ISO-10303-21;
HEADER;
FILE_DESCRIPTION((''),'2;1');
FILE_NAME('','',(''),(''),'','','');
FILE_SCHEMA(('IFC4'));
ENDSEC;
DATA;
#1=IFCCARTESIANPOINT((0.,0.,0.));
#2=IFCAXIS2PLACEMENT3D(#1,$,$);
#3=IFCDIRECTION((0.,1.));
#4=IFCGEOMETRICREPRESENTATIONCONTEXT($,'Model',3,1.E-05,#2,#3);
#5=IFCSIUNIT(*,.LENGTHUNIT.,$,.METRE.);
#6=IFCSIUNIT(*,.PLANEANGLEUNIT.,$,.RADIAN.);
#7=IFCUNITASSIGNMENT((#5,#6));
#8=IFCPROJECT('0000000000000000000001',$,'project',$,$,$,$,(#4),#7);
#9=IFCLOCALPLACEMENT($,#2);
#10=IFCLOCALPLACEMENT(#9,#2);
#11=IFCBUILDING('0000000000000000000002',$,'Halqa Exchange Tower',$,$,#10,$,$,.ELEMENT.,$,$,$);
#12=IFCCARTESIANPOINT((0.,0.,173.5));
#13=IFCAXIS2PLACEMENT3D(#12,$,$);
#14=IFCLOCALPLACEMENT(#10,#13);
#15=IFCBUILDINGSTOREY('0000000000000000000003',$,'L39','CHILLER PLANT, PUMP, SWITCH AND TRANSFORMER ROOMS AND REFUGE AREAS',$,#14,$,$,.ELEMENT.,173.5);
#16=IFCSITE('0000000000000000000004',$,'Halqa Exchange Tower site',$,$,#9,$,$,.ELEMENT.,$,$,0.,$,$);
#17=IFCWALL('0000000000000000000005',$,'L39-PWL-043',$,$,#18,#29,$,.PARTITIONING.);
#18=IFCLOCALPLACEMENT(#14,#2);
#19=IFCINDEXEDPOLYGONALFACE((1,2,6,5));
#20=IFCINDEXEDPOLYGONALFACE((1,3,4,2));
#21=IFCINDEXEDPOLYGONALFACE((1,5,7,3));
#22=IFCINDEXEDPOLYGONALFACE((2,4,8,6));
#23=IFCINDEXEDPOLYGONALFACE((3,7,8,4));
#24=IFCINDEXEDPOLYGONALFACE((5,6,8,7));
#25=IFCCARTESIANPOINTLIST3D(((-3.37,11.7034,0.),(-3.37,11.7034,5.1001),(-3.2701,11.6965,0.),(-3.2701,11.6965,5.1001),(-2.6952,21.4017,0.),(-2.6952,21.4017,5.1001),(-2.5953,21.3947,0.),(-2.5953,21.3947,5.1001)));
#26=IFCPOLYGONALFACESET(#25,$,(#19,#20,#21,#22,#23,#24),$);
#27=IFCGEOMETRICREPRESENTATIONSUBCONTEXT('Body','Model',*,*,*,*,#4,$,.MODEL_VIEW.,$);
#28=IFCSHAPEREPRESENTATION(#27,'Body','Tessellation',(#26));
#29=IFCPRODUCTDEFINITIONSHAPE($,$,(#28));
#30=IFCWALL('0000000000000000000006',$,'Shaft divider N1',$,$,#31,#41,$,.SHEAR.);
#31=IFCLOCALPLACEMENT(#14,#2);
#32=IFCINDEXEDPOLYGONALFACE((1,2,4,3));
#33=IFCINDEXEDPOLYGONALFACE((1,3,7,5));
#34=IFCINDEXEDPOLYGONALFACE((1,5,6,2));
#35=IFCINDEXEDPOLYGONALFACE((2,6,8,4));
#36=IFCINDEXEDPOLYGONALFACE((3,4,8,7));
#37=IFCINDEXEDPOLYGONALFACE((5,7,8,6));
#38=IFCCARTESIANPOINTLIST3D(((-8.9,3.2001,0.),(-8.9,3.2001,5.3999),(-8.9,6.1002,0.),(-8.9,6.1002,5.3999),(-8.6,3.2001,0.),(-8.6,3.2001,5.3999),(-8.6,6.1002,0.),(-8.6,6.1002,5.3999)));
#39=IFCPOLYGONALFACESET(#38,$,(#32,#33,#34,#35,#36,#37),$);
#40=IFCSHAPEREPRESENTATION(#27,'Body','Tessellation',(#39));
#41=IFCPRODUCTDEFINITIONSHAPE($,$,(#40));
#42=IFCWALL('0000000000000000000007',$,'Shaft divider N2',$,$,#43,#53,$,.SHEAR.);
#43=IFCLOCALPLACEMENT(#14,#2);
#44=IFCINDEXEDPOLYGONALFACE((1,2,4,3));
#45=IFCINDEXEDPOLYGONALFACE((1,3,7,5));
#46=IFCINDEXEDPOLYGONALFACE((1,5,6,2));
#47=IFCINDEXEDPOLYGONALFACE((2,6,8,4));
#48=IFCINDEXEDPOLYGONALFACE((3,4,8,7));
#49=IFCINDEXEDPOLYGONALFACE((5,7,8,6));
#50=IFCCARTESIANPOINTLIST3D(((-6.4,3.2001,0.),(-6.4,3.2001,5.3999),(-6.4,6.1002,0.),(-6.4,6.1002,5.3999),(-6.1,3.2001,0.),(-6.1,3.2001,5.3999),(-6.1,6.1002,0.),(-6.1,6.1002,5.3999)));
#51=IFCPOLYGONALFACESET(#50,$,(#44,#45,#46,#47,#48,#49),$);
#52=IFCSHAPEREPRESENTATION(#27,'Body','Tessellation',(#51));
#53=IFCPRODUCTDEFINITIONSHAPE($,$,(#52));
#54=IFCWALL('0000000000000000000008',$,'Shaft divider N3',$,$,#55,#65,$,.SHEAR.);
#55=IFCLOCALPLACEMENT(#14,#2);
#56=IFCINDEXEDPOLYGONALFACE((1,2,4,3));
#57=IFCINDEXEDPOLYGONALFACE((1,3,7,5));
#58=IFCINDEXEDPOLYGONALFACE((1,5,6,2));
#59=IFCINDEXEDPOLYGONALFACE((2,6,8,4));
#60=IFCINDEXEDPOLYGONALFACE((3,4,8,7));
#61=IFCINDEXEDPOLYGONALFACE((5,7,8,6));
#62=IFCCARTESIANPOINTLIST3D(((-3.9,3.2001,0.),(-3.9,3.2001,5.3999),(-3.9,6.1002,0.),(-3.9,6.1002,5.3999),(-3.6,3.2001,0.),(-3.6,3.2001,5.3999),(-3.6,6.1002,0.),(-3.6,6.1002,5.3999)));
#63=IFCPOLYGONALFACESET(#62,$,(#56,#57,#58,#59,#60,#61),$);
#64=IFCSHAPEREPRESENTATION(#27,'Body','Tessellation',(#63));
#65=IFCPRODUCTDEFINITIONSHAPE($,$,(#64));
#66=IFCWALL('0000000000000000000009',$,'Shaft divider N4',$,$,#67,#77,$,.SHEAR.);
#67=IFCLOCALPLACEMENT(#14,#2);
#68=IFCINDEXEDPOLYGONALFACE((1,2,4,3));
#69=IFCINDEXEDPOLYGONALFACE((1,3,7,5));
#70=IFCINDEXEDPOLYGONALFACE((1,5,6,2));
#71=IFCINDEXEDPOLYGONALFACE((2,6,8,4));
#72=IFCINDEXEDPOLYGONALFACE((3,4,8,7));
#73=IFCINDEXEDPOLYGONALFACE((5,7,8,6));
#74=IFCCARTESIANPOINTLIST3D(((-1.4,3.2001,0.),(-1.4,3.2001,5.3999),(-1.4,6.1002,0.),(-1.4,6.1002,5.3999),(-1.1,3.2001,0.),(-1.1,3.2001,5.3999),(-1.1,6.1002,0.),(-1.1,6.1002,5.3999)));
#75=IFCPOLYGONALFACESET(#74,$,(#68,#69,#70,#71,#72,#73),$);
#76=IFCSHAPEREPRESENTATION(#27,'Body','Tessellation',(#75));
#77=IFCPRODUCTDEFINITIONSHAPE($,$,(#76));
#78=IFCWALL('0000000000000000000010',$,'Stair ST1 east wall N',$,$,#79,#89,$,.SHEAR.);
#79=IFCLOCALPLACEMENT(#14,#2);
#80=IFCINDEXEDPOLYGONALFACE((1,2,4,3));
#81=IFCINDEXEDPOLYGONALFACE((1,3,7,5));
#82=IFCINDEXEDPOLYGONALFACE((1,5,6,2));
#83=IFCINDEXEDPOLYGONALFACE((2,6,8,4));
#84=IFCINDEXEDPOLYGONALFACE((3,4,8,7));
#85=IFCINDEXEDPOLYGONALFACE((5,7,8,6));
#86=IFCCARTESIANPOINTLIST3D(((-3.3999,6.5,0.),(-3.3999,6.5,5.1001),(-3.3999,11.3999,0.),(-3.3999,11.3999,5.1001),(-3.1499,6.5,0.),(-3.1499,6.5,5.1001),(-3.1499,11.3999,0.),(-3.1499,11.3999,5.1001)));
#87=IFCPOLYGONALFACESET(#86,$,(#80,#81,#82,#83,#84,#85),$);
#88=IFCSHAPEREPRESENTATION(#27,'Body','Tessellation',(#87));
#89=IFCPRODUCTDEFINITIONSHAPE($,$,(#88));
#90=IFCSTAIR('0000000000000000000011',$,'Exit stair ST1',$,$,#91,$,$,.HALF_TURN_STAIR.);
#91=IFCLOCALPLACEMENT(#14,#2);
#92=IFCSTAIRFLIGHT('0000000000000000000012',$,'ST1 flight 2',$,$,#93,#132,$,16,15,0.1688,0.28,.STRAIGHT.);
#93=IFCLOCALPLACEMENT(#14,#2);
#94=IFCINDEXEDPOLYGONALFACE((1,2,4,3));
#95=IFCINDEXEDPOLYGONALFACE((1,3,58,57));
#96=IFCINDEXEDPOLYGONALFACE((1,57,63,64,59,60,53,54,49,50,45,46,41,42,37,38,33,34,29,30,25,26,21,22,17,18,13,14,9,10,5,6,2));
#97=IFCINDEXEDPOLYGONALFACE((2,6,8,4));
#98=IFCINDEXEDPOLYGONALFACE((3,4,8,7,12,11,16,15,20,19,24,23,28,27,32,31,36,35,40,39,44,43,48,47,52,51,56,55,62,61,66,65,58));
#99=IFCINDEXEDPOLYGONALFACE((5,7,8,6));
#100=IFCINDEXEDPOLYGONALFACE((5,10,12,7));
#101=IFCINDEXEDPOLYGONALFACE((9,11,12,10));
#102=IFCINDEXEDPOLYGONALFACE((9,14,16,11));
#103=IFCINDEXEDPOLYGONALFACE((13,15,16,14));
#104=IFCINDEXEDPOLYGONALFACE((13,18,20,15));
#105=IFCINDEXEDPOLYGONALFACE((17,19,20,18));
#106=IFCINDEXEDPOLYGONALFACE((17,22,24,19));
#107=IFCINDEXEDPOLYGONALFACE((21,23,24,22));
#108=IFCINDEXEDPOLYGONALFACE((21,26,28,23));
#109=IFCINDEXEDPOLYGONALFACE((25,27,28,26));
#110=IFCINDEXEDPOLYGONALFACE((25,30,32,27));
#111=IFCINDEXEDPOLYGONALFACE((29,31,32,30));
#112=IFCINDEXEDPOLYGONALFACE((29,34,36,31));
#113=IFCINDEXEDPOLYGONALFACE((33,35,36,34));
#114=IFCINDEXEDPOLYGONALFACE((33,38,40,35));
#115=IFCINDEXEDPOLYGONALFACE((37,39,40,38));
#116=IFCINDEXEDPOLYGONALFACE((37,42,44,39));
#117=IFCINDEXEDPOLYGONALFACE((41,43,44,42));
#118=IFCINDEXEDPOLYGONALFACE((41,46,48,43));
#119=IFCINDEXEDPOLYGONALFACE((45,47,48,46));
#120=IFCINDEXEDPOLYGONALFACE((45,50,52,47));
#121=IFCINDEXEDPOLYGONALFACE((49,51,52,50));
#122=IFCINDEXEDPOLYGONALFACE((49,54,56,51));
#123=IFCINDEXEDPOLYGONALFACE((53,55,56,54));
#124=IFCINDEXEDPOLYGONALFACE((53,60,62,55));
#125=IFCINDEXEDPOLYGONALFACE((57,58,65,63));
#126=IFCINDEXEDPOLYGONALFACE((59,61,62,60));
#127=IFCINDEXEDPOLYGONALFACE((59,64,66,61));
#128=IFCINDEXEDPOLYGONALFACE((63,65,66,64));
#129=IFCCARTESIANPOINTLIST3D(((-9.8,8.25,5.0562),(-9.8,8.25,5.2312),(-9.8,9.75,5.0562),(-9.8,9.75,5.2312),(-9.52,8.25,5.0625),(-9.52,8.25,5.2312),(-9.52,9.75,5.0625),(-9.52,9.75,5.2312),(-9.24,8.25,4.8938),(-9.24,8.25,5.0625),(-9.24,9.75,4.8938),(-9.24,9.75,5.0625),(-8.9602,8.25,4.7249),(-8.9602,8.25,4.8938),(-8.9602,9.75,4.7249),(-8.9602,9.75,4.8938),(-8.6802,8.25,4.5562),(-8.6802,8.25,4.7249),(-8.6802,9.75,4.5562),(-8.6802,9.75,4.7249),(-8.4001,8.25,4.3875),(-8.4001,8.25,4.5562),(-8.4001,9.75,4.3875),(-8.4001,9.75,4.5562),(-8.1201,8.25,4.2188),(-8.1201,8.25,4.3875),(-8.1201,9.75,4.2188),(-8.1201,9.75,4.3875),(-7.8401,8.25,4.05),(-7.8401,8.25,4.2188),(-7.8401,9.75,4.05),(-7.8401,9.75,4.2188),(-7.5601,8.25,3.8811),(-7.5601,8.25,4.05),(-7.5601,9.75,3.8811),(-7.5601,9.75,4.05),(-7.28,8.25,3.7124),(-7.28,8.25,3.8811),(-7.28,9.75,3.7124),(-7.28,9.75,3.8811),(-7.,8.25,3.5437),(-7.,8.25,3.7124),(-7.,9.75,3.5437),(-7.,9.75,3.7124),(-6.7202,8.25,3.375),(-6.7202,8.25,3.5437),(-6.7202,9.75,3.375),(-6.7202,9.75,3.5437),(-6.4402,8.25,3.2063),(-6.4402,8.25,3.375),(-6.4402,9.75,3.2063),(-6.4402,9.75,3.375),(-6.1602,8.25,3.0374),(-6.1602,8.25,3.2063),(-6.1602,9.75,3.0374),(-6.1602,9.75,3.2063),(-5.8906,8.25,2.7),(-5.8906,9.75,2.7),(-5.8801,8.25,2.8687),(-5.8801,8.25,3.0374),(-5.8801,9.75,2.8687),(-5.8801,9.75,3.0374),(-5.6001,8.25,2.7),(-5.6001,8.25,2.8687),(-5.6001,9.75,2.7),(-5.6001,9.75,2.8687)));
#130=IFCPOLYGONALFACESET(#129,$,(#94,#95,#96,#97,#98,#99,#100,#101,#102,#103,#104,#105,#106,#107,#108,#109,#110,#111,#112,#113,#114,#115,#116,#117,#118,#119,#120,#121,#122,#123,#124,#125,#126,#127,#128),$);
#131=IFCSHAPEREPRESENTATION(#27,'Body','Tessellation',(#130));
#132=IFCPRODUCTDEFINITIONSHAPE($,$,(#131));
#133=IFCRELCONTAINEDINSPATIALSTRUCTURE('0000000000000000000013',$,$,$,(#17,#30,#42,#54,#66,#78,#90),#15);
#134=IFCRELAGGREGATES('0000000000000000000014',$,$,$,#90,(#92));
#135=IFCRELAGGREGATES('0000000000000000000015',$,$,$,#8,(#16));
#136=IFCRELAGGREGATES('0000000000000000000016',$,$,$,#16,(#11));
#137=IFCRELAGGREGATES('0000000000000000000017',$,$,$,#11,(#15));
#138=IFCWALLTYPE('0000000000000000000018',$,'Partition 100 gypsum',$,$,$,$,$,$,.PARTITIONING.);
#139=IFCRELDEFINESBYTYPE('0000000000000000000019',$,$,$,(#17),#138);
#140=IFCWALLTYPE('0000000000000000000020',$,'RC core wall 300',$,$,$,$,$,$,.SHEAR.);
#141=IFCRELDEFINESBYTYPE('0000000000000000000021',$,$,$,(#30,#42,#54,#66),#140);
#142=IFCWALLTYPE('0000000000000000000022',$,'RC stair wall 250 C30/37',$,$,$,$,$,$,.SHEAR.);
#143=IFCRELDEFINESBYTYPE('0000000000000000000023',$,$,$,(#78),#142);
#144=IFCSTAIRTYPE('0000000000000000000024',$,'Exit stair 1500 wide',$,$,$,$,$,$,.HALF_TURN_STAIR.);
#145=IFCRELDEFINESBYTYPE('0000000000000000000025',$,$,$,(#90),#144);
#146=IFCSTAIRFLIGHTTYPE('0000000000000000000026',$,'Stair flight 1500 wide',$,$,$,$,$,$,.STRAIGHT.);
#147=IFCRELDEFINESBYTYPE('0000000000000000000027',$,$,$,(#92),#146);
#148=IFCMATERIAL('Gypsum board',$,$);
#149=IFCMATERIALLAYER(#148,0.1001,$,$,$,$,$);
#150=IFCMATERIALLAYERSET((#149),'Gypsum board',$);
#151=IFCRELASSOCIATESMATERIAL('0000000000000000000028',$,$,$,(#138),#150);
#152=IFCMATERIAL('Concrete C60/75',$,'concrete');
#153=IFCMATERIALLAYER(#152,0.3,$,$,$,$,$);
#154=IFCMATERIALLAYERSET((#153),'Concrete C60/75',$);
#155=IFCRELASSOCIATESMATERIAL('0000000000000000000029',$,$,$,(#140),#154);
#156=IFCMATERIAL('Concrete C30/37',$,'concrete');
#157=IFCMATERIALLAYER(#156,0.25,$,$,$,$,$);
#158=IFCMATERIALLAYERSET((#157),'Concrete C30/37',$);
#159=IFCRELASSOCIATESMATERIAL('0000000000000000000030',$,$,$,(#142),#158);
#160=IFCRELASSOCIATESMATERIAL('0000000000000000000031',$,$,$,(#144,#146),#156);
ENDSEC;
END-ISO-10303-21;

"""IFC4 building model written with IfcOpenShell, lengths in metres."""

from ifc_helpers import new_model, si_unit, direction, frame, frame_2d, origin, place, context, subcontext, project, spatial, polyline, rectangle, outline, extrude, material, layer, layer_set, type_object, element, aggregate, save


model = new_model("IFC4")

# Units and contexts
model_context = context("Model", 3, precision=1e-05, world=origin(), true_north=direction((0.0, 1.0)))
body_context = subcontext(model_context, "Body", "Model", "MODEL_VIEW")
ifc_project = project(units=[si_unit("LENGTHUNIT", "METRE"), si_unit("PLANEANGLEUNIT", "RADIAN")], contexts=[model_context])

# Site, building, storey
site_placement = place(None, origin())
site = spatial("IfcSite", under=ifc_project, at=site_placement, Name="Halqa Exchange Tower site", CompositionType="ELEMENT", RefElevation=0.0)
building_placement = place(site_placement, origin())
building = spatial("IfcBuilding", under=site, at=building_placement, Name="Halqa Exchange Tower", CompositionType="ELEMENT")
storey_placement = place(building_placement, frame((0.0, 0.0, 173.5)))
storey = spatial("IfcBuildingStorey", under=building, at=storey_placement, Name="L39", Description="CHILLER PLANT, PUMP, SWITCH AND TRANSFORMER ROOMS AND REFUGE AREAS", CompositionType="ELEMENT", Elevation=173.5)

# Walls
ifc_material_1 = material(Name="Gypsum board")
ifc_layer_1 = layer(ifc_material_1, 0.1001)
ifc_layer_set_1 = layer_set([ifc_layer_1], Name="Gypsum board")
wall_type_1 = type_object("IfcWallType", Name="Partition 100 gypsum", PredefinedType="PARTITIONING", material=ifc_layer_set_1)
wall_1_placement = place(storey_placement, frame((-3.3201, 11.7, 0.0), z_axis=(0.0, 0.0, 1.0), x_axis=(0.069412, 0.997588, 0.0)))
element("IfcWall", 1, at=wall_1_placement, inside=storey, type_object=wall_type_1, Name="L39-PWL-043", PredefinedType="PARTITIONING", context=body_context, shape_type="SweptSolid", body=[
    extrude(rectangle(XDim=9.7217, YDim=0.1001, at=frame_2d((4.8608, 0.0))), origin(), (0.0, 0.0, 1.0), 5.1001),
])
ifc_material_2 = material(Name="Concrete C60/75", Category="concrete")
ifc_layer_2 = layer(ifc_material_2, 0.3)
ifc_layer_set_2 = layer_set([ifc_layer_2], Name="Concrete C60/75")
wall_type_2 = type_object("IfcWallType", Name="RC core wall 300", PredefinedType="SHEAR", material=ifc_layer_set_2)
for number, where, z_axis, x_axis, name in (
    (2, (-8.75, 3.2, 0.0), (0.0, 0.0, 1.0), (0.0, 1.0, 0.0), "Shaft divider N1"),
    (3, (-6.25, 3.2, 0.0), (0.0, 0.0, 1.0), (0.0, 1.0, 0.0), "Shaft divider N2"),
    (4, (-3.75, 3.2, 0.0), (0.0, 0.0, 1.0), (0.0, 1.0, 0.0), "Shaft divider N3"),
    (5, (-1.25, 3.2, 0.0), (0.0, 0.0, 1.0), (0.0, 1.0, 0.0), "Shaft divider N4"),
):
    element("IfcWall", number, at=place(storey_placement, frame(where, z_axis=z_axis, x_axis=x_axis)), inside=storey, type_object=wall_type_2, Name=name, PredefinedType="SHEAR", context=body_context, shape_type="SweptSolid", body=[
        extrude(rectangle(XDim=2.9001, YDim=0.3, at=frame_2d((1.4502, 0.0))), origin(), (0.0, 0.0, 1.0), 5.3999),
    ])
ifc_material_3 = material(Name="Concrete C30/37", Category="concrete")
ifc_layer_3 = layer(ifc_material_3, 0.25)
ifc_layer_set_3 = layer_set([ifc_layer_3], Name="Concrete C30/37")
wall_type_3 = type_object("IfcWallType", Name="RC stair wall 250 C30/37", PredefinedType="SHEAR", material=ifc_layer_set_3)
wall_2_placement = place(storey_placement, frame((-3.2749, 6.5, 0.0), z_axis=(0.0, 0.0, 1.0), x_axis=(0.0, 1.0, 0.0)))
element("IfcWall", 6, at=wall_2_placement, inside=storey, type_object=wall_type_3, Name="Stair ST1 east wall N", PredefinedType="SHEAR", context=body_context, shape_type="SweptSolid", body=[
    extrude(rectangle(XDim=4.8999, YDim=0.25, at=frame_2d((2.45, 0.0))), origin(), (0.0, 0.0, 1.0), 5.1001),
])

# Stair, stair flight
stair_type = type_object("IfcStairType", Name="Exit stair 1500 wide", PredefinedType="HALF_TURN_STAIR", material=ifc_material_3)
stair_placement = place(storey_placement, origin())
stair = element("IfcStair", 7, at=stair_placement, inside=storey, type_object=stair_type, Name="Exit stair ST1", PredefinedType="HALF_TURN_STAIR")
stair_flight_type = type_object("IfcStairFlightType", Name="Stair flight 1500 wide", PredefinedType="STRAIGHT", material=ifc_material_3)
stair_flight_placement = place(storey_placement, frame((-5.6001, 9.0, 2.7), z_axis=(0.0, 0.0, 1.0), x_axis=(-1.0, 0.0, 0.0)))
stair_flight = element("IfcStairFlight", 8, at=stair_flight_placement, type_object=stair_flight_type, Name="ST1 flight 2", NumberOfRisers=16, NumberOfTreads=15, PredefinedType="STRAIGHT", RiserHeight=0.1688, TreadLength=0.28, context=body_context, shape_type="SweptSolid", body=[
    extrude(outline(polyline([(0.0, 0.0), (0.0, 0.1687), (0.28, 0.1687), (0.28, 0.3374), (0.5601, 0.3374), (0.5601, 0.5063), (0.8401, 0.5063), (0.8401, 0.675), (1.1201, 0.675), (1.1201, 0.8438), (1.3999, 0.8438), (1.3999, 1.0125), (1.6799, 1.0125), (1.6799, 1.1812), (1.96, 1.1812), (1.96, 1.3501), (2.24, 1.3501), (2.24, 1.5188), (2.52, 1.5188), (2.52, 1.6875), (2.8, 1.6875), (2.8, 1.8562), (3.0801, 1.8562), (3.0801, 2.0249), (3.3601, 2.0249), (3.3601, 2.1938), (3.6399, 2.1938), (3.6399, 2.3625), (3.9199, 2.3625), (3.9199, 2.5312), (4.2, 2.5312), (4.2, 2.7), (4.2, 2.3562), (0.2905, 0.0), (0.0, 0.0)])), frame((0.0, 0.75, 0.0), z_axis=(0.0, -1.0, 0.0), x_axis=(1.0, 0.0, 0.0)), (0.0, 0.0, 1.0), 1.5),
])
aggregate(stair, [stair_flight])

save(model, "model.ifc")
